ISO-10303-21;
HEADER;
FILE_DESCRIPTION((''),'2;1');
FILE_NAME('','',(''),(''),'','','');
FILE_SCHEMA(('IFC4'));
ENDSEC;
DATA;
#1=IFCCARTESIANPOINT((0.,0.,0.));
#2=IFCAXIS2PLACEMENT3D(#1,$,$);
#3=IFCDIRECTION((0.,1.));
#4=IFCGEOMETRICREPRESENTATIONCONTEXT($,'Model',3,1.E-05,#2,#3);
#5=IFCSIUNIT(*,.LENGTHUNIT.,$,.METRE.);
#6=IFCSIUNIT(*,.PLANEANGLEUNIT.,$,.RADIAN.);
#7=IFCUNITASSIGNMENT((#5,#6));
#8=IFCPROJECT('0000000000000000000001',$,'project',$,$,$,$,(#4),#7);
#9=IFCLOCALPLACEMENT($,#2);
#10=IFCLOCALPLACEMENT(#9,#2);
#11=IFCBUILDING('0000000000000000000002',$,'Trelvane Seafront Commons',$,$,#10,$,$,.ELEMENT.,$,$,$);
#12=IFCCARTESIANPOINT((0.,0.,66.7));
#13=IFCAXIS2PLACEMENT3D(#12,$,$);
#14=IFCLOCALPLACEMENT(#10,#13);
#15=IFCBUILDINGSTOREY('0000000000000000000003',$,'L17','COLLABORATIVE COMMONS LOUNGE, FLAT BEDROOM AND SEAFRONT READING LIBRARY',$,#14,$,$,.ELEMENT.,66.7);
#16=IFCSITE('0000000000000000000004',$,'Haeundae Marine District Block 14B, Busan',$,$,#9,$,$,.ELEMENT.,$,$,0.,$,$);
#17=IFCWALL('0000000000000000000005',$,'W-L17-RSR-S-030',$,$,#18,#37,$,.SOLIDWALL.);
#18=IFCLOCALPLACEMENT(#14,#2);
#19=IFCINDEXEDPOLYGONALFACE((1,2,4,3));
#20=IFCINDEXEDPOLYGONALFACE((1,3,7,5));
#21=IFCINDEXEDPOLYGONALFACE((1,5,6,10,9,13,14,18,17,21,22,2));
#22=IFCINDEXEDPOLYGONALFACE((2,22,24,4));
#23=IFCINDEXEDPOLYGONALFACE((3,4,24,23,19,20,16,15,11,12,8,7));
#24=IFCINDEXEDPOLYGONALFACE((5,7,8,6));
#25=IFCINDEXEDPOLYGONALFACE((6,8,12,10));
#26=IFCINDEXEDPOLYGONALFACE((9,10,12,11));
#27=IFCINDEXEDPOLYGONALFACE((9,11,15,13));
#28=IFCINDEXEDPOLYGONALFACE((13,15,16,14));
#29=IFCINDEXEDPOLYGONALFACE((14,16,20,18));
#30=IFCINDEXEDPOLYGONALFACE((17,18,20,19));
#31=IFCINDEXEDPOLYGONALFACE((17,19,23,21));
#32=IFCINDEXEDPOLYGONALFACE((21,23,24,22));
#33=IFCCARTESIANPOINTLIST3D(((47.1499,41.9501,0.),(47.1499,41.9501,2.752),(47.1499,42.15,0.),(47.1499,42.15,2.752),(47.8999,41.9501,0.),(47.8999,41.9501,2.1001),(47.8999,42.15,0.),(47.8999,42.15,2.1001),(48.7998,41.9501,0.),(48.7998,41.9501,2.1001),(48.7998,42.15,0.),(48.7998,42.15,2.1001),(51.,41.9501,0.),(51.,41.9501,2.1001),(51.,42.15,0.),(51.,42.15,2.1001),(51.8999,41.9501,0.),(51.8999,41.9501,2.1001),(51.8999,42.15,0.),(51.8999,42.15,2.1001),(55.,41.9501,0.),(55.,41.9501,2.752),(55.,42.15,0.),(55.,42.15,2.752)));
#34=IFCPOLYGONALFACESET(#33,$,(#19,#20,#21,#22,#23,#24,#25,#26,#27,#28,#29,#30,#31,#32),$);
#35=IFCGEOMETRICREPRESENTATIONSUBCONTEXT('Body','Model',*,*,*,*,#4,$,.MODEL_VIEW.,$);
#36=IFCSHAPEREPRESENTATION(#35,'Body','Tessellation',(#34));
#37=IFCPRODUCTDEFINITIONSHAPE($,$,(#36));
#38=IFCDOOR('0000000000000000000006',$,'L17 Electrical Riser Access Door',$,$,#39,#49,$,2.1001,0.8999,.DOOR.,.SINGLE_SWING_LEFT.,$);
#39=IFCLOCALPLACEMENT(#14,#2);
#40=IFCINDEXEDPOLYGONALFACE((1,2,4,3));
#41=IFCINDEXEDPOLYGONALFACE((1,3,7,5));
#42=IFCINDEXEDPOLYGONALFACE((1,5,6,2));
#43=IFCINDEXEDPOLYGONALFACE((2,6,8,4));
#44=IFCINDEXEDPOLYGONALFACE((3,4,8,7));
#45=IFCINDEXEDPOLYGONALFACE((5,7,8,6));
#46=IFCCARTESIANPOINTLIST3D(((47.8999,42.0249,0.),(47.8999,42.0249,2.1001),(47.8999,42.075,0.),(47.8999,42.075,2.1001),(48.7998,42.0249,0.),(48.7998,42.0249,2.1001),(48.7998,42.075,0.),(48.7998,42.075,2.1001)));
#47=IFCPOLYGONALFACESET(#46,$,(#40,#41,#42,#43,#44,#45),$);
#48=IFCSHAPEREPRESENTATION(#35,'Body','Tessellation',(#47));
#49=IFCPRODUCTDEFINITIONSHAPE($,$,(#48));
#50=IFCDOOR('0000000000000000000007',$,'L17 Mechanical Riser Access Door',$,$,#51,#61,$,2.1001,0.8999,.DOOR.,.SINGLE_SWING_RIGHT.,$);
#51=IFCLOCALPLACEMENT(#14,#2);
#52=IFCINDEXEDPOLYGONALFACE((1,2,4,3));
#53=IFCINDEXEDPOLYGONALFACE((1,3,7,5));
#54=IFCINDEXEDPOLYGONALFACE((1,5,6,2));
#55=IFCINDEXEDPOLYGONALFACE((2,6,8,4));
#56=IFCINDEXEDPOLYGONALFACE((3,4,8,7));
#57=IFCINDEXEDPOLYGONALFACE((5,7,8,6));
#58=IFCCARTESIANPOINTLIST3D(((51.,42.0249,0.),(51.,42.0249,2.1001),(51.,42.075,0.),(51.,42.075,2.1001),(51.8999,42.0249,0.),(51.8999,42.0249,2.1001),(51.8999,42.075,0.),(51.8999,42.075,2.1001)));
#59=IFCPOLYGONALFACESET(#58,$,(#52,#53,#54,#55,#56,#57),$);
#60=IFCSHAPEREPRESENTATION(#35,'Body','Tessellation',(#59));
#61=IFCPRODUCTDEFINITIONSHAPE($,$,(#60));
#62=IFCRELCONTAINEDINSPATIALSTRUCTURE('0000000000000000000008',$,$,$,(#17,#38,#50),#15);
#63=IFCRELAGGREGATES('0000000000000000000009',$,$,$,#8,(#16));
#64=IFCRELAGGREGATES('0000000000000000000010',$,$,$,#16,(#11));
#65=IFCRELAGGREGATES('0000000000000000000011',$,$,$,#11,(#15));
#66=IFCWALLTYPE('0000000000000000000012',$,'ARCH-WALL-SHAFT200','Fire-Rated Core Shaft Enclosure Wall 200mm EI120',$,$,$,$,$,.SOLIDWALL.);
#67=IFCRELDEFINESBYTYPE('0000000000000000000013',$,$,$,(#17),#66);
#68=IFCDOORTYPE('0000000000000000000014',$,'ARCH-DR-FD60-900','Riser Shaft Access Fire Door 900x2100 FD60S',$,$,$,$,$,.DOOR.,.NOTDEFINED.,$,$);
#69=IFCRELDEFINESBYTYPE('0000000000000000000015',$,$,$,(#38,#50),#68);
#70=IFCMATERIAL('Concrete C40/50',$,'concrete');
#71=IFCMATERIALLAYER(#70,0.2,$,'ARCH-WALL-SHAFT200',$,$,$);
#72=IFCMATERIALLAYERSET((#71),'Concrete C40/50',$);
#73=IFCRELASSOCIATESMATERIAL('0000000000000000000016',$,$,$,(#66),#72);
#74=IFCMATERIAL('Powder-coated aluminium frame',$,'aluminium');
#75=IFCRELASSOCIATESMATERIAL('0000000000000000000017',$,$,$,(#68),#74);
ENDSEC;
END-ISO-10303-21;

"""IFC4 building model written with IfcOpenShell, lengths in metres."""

from ifc_helpers import new_model, si_unit, direction, frame, frame_2d, origin, place, context, subcontext, project, spatial, rectangle, extrude, source, transform, mapped, material, layer, layer_set, type_object, element, fill, save


model = new_model("IFC4")

# Units and contexts
model_context = context("Model", 3, precision=1e-05, world=origin(), true_north=direction((0.0, 1.0)))
body_context = subcontext(model_context, "Body", "Model", "MODEL_VIEW")
ifc_project = project(units=[si_unit("LENGTHUNIT", "METRE"), si_unit("PLANEANGLEUNIT", "RADIAN")], contexts=[model_context])

# Site, building, storey
site_placement = place(None, origin())
site = spatial("IfcSite", under=ifc_project, at=site_placement, Name="Haeundae Marine District Block 14B, Busan", CompositionType="ELEMENT", RefElevation=0.0)
building_placement = place(site_placement, origin())
building = spatial("IfcBuilding", under=site, at=building_placement, Name="Trelvane Seafront Commons", CompositionType="ELEMENT")
storey_placement = place(building_placement, frame((0.0, 0.0, 66.7)))
storey = spatial("IfcBuildingStorey", under=building, at=storey_placement, Name="L17", Description="COLLABORATIVE COMMONS LOUNGE, FLAT BEDROOM AND SEAFRONT READING LIBRARY", CompositionType="ELEMENT", Elevation=66.7)

# Shared definitions
ifc_material_1 = material(Name="Concrete C40/50", Category="concrete")
ifc_layer_1 = layer(ifc_material_1, 0.2, Name="ARCH-WALL-SHAFT200")
ifc_layer_set_1 = layer_set([ifc_layer_1], Name="Concrete C40/50")
wall_type_1 = type_object("IfcWallType", Name="ARCH-WALL-SHAFT200", Description="Fire-Rated Core Shaft Enclosure Wall 200mm EI120", PredefinedType="SOLIDWALL", material=ifc_layer_set_1)

# Wall, openings, doors
wall_1_placement = place(storey_placement, frame((47.1499, 42.05, 0.0), z_axis=(0.0, 0.0, 1.0), x_axis=(1.0, 0.0, 0.0)))
wall_1 = element("IfcWall", 1, at=wall_1_placement, inside=storey, type_object=wall_type_1, Name="W-L17-RSR-S-030", PredefinedType="SOLIDWALL", context=body_context, shape_type="SweptSolid", body=[
    extrude(rectangle(XDim=7.8501, YDim=0.2, at=frame_2d((3.925, 0.0))), origin(), (0.0, 0.0, 1.0), 2.752),
])
opening_1_placement = place(wall_1_placement, frame((0.75, 0.0, 0.0)))
opening_1 = element("IfcOpeningElement", 2, at=opening_1_placement, cuts=wall_1, PredefinedType="OPENING", context=body_context, shape_type="SweptSolid", body=[
    extrude(rectangle(XDim=0.8999, YDim=2.1001, at=frame_2d((0.45, 1.05))), frame((0.0, 0.1099, 0.0), z_axis=(0.0, -1.0, 0.0), x_axis=(1.0, 0.0, 0.0)), (0.0, 0.0, 1.0), 0.22),
])
opening_2_placement = place(wall_1_placement, frame((3.8501, 0.0, 0.0)))
opening_2 = element("IfcOpeningElement", 3, at=opening_2_placement, cuts=wall_1, PredefinedType="OPENING", context=body_context, shape_type="SweptSolid", body=[
    extrude(rectangle(XDim=0.8999, YDim=2.1001, at=frame_2d((0.45, 1.05))), frame((0.0, 0.1099, 0.0), z_axis=(0.0, -1.0, 0.0), x_axis=(1.0, 0.0, 0.0)), (0.0, 0.0, 1.0), 0.22),
])
ifc_material_2 = material(Name="Powder-coated aluminium frame", Category="aluminium")
door_type = type_object("IfcDoorType", Name="ARCH-DR-FD60-900", Description="Riser Shaft Access Fire Door 900x2100 FD60S", OperationType="NOTDEFINED", PredefinedType="DOOR", material=ifc_material_2)
shared_shape_1 = source(origin(), body_context, "Body", "SweptSolid", [
    extrude(rectangle(XDim=0.8999, YDim=2.1001, at=frame_2d((0.45, 1.05))), frame((0.0, 0.0249, 0.0), z_axis=(0.0, -1.0, 0.0), x_axis=(1.0, 0.0, 0.0)), (0.0, 0.0, 1.0), 0.05),
])
door_1_placement = place(opening_1_placement, origin())
door_1 = element("IfcDoor", 4, at=door_1_placement, inside=storey, type_object=door_type, Name="L17 Electrical Riser Access Door", OperationType="SINGLE_SWING_LEFT", OverallHeight=2.1001, OverallWidth=0.8999, PredefinedType="DOOR", context=body_context, shape_type="MappedRepresentation", body=[
    mapped(shared_shape_1, transform((0.0, 0.0, 0.0), x_axis=(1.0, 0.0, 0.0), y_axis=(0.0, 1.0, 0.0), z_axis=(0.0, 0.0, 1.0), scale=1.0)),
])
fill(opening_1, door_1)
door_2_placement = place(opening_2_placement, origin())
door_2 = element("IfcDoor", 5, at=door_2_placement, inside=storey, type_object=door_type, Name="L17 Mechanical Riser Access Door", OperationType="SINGLE_SWING_RIGHT", OverallHeight=2.1001, OverallWidth=0.8999, PredefinedType="DOOR", context=body_context, shape_type="MappedRepresentation", body=[
    mapped(shared_shape_1, transform((0.0, 0.0, 0.0), x_axis=(1.0, 0.0, 0.0), y_axis=(0.0, 1.0, 0.0), z_axis=(0.0, 0.0, 1.0), scale=1.0)),
])
fill(opening_2, door_2)

save(model, "model.ifc")
